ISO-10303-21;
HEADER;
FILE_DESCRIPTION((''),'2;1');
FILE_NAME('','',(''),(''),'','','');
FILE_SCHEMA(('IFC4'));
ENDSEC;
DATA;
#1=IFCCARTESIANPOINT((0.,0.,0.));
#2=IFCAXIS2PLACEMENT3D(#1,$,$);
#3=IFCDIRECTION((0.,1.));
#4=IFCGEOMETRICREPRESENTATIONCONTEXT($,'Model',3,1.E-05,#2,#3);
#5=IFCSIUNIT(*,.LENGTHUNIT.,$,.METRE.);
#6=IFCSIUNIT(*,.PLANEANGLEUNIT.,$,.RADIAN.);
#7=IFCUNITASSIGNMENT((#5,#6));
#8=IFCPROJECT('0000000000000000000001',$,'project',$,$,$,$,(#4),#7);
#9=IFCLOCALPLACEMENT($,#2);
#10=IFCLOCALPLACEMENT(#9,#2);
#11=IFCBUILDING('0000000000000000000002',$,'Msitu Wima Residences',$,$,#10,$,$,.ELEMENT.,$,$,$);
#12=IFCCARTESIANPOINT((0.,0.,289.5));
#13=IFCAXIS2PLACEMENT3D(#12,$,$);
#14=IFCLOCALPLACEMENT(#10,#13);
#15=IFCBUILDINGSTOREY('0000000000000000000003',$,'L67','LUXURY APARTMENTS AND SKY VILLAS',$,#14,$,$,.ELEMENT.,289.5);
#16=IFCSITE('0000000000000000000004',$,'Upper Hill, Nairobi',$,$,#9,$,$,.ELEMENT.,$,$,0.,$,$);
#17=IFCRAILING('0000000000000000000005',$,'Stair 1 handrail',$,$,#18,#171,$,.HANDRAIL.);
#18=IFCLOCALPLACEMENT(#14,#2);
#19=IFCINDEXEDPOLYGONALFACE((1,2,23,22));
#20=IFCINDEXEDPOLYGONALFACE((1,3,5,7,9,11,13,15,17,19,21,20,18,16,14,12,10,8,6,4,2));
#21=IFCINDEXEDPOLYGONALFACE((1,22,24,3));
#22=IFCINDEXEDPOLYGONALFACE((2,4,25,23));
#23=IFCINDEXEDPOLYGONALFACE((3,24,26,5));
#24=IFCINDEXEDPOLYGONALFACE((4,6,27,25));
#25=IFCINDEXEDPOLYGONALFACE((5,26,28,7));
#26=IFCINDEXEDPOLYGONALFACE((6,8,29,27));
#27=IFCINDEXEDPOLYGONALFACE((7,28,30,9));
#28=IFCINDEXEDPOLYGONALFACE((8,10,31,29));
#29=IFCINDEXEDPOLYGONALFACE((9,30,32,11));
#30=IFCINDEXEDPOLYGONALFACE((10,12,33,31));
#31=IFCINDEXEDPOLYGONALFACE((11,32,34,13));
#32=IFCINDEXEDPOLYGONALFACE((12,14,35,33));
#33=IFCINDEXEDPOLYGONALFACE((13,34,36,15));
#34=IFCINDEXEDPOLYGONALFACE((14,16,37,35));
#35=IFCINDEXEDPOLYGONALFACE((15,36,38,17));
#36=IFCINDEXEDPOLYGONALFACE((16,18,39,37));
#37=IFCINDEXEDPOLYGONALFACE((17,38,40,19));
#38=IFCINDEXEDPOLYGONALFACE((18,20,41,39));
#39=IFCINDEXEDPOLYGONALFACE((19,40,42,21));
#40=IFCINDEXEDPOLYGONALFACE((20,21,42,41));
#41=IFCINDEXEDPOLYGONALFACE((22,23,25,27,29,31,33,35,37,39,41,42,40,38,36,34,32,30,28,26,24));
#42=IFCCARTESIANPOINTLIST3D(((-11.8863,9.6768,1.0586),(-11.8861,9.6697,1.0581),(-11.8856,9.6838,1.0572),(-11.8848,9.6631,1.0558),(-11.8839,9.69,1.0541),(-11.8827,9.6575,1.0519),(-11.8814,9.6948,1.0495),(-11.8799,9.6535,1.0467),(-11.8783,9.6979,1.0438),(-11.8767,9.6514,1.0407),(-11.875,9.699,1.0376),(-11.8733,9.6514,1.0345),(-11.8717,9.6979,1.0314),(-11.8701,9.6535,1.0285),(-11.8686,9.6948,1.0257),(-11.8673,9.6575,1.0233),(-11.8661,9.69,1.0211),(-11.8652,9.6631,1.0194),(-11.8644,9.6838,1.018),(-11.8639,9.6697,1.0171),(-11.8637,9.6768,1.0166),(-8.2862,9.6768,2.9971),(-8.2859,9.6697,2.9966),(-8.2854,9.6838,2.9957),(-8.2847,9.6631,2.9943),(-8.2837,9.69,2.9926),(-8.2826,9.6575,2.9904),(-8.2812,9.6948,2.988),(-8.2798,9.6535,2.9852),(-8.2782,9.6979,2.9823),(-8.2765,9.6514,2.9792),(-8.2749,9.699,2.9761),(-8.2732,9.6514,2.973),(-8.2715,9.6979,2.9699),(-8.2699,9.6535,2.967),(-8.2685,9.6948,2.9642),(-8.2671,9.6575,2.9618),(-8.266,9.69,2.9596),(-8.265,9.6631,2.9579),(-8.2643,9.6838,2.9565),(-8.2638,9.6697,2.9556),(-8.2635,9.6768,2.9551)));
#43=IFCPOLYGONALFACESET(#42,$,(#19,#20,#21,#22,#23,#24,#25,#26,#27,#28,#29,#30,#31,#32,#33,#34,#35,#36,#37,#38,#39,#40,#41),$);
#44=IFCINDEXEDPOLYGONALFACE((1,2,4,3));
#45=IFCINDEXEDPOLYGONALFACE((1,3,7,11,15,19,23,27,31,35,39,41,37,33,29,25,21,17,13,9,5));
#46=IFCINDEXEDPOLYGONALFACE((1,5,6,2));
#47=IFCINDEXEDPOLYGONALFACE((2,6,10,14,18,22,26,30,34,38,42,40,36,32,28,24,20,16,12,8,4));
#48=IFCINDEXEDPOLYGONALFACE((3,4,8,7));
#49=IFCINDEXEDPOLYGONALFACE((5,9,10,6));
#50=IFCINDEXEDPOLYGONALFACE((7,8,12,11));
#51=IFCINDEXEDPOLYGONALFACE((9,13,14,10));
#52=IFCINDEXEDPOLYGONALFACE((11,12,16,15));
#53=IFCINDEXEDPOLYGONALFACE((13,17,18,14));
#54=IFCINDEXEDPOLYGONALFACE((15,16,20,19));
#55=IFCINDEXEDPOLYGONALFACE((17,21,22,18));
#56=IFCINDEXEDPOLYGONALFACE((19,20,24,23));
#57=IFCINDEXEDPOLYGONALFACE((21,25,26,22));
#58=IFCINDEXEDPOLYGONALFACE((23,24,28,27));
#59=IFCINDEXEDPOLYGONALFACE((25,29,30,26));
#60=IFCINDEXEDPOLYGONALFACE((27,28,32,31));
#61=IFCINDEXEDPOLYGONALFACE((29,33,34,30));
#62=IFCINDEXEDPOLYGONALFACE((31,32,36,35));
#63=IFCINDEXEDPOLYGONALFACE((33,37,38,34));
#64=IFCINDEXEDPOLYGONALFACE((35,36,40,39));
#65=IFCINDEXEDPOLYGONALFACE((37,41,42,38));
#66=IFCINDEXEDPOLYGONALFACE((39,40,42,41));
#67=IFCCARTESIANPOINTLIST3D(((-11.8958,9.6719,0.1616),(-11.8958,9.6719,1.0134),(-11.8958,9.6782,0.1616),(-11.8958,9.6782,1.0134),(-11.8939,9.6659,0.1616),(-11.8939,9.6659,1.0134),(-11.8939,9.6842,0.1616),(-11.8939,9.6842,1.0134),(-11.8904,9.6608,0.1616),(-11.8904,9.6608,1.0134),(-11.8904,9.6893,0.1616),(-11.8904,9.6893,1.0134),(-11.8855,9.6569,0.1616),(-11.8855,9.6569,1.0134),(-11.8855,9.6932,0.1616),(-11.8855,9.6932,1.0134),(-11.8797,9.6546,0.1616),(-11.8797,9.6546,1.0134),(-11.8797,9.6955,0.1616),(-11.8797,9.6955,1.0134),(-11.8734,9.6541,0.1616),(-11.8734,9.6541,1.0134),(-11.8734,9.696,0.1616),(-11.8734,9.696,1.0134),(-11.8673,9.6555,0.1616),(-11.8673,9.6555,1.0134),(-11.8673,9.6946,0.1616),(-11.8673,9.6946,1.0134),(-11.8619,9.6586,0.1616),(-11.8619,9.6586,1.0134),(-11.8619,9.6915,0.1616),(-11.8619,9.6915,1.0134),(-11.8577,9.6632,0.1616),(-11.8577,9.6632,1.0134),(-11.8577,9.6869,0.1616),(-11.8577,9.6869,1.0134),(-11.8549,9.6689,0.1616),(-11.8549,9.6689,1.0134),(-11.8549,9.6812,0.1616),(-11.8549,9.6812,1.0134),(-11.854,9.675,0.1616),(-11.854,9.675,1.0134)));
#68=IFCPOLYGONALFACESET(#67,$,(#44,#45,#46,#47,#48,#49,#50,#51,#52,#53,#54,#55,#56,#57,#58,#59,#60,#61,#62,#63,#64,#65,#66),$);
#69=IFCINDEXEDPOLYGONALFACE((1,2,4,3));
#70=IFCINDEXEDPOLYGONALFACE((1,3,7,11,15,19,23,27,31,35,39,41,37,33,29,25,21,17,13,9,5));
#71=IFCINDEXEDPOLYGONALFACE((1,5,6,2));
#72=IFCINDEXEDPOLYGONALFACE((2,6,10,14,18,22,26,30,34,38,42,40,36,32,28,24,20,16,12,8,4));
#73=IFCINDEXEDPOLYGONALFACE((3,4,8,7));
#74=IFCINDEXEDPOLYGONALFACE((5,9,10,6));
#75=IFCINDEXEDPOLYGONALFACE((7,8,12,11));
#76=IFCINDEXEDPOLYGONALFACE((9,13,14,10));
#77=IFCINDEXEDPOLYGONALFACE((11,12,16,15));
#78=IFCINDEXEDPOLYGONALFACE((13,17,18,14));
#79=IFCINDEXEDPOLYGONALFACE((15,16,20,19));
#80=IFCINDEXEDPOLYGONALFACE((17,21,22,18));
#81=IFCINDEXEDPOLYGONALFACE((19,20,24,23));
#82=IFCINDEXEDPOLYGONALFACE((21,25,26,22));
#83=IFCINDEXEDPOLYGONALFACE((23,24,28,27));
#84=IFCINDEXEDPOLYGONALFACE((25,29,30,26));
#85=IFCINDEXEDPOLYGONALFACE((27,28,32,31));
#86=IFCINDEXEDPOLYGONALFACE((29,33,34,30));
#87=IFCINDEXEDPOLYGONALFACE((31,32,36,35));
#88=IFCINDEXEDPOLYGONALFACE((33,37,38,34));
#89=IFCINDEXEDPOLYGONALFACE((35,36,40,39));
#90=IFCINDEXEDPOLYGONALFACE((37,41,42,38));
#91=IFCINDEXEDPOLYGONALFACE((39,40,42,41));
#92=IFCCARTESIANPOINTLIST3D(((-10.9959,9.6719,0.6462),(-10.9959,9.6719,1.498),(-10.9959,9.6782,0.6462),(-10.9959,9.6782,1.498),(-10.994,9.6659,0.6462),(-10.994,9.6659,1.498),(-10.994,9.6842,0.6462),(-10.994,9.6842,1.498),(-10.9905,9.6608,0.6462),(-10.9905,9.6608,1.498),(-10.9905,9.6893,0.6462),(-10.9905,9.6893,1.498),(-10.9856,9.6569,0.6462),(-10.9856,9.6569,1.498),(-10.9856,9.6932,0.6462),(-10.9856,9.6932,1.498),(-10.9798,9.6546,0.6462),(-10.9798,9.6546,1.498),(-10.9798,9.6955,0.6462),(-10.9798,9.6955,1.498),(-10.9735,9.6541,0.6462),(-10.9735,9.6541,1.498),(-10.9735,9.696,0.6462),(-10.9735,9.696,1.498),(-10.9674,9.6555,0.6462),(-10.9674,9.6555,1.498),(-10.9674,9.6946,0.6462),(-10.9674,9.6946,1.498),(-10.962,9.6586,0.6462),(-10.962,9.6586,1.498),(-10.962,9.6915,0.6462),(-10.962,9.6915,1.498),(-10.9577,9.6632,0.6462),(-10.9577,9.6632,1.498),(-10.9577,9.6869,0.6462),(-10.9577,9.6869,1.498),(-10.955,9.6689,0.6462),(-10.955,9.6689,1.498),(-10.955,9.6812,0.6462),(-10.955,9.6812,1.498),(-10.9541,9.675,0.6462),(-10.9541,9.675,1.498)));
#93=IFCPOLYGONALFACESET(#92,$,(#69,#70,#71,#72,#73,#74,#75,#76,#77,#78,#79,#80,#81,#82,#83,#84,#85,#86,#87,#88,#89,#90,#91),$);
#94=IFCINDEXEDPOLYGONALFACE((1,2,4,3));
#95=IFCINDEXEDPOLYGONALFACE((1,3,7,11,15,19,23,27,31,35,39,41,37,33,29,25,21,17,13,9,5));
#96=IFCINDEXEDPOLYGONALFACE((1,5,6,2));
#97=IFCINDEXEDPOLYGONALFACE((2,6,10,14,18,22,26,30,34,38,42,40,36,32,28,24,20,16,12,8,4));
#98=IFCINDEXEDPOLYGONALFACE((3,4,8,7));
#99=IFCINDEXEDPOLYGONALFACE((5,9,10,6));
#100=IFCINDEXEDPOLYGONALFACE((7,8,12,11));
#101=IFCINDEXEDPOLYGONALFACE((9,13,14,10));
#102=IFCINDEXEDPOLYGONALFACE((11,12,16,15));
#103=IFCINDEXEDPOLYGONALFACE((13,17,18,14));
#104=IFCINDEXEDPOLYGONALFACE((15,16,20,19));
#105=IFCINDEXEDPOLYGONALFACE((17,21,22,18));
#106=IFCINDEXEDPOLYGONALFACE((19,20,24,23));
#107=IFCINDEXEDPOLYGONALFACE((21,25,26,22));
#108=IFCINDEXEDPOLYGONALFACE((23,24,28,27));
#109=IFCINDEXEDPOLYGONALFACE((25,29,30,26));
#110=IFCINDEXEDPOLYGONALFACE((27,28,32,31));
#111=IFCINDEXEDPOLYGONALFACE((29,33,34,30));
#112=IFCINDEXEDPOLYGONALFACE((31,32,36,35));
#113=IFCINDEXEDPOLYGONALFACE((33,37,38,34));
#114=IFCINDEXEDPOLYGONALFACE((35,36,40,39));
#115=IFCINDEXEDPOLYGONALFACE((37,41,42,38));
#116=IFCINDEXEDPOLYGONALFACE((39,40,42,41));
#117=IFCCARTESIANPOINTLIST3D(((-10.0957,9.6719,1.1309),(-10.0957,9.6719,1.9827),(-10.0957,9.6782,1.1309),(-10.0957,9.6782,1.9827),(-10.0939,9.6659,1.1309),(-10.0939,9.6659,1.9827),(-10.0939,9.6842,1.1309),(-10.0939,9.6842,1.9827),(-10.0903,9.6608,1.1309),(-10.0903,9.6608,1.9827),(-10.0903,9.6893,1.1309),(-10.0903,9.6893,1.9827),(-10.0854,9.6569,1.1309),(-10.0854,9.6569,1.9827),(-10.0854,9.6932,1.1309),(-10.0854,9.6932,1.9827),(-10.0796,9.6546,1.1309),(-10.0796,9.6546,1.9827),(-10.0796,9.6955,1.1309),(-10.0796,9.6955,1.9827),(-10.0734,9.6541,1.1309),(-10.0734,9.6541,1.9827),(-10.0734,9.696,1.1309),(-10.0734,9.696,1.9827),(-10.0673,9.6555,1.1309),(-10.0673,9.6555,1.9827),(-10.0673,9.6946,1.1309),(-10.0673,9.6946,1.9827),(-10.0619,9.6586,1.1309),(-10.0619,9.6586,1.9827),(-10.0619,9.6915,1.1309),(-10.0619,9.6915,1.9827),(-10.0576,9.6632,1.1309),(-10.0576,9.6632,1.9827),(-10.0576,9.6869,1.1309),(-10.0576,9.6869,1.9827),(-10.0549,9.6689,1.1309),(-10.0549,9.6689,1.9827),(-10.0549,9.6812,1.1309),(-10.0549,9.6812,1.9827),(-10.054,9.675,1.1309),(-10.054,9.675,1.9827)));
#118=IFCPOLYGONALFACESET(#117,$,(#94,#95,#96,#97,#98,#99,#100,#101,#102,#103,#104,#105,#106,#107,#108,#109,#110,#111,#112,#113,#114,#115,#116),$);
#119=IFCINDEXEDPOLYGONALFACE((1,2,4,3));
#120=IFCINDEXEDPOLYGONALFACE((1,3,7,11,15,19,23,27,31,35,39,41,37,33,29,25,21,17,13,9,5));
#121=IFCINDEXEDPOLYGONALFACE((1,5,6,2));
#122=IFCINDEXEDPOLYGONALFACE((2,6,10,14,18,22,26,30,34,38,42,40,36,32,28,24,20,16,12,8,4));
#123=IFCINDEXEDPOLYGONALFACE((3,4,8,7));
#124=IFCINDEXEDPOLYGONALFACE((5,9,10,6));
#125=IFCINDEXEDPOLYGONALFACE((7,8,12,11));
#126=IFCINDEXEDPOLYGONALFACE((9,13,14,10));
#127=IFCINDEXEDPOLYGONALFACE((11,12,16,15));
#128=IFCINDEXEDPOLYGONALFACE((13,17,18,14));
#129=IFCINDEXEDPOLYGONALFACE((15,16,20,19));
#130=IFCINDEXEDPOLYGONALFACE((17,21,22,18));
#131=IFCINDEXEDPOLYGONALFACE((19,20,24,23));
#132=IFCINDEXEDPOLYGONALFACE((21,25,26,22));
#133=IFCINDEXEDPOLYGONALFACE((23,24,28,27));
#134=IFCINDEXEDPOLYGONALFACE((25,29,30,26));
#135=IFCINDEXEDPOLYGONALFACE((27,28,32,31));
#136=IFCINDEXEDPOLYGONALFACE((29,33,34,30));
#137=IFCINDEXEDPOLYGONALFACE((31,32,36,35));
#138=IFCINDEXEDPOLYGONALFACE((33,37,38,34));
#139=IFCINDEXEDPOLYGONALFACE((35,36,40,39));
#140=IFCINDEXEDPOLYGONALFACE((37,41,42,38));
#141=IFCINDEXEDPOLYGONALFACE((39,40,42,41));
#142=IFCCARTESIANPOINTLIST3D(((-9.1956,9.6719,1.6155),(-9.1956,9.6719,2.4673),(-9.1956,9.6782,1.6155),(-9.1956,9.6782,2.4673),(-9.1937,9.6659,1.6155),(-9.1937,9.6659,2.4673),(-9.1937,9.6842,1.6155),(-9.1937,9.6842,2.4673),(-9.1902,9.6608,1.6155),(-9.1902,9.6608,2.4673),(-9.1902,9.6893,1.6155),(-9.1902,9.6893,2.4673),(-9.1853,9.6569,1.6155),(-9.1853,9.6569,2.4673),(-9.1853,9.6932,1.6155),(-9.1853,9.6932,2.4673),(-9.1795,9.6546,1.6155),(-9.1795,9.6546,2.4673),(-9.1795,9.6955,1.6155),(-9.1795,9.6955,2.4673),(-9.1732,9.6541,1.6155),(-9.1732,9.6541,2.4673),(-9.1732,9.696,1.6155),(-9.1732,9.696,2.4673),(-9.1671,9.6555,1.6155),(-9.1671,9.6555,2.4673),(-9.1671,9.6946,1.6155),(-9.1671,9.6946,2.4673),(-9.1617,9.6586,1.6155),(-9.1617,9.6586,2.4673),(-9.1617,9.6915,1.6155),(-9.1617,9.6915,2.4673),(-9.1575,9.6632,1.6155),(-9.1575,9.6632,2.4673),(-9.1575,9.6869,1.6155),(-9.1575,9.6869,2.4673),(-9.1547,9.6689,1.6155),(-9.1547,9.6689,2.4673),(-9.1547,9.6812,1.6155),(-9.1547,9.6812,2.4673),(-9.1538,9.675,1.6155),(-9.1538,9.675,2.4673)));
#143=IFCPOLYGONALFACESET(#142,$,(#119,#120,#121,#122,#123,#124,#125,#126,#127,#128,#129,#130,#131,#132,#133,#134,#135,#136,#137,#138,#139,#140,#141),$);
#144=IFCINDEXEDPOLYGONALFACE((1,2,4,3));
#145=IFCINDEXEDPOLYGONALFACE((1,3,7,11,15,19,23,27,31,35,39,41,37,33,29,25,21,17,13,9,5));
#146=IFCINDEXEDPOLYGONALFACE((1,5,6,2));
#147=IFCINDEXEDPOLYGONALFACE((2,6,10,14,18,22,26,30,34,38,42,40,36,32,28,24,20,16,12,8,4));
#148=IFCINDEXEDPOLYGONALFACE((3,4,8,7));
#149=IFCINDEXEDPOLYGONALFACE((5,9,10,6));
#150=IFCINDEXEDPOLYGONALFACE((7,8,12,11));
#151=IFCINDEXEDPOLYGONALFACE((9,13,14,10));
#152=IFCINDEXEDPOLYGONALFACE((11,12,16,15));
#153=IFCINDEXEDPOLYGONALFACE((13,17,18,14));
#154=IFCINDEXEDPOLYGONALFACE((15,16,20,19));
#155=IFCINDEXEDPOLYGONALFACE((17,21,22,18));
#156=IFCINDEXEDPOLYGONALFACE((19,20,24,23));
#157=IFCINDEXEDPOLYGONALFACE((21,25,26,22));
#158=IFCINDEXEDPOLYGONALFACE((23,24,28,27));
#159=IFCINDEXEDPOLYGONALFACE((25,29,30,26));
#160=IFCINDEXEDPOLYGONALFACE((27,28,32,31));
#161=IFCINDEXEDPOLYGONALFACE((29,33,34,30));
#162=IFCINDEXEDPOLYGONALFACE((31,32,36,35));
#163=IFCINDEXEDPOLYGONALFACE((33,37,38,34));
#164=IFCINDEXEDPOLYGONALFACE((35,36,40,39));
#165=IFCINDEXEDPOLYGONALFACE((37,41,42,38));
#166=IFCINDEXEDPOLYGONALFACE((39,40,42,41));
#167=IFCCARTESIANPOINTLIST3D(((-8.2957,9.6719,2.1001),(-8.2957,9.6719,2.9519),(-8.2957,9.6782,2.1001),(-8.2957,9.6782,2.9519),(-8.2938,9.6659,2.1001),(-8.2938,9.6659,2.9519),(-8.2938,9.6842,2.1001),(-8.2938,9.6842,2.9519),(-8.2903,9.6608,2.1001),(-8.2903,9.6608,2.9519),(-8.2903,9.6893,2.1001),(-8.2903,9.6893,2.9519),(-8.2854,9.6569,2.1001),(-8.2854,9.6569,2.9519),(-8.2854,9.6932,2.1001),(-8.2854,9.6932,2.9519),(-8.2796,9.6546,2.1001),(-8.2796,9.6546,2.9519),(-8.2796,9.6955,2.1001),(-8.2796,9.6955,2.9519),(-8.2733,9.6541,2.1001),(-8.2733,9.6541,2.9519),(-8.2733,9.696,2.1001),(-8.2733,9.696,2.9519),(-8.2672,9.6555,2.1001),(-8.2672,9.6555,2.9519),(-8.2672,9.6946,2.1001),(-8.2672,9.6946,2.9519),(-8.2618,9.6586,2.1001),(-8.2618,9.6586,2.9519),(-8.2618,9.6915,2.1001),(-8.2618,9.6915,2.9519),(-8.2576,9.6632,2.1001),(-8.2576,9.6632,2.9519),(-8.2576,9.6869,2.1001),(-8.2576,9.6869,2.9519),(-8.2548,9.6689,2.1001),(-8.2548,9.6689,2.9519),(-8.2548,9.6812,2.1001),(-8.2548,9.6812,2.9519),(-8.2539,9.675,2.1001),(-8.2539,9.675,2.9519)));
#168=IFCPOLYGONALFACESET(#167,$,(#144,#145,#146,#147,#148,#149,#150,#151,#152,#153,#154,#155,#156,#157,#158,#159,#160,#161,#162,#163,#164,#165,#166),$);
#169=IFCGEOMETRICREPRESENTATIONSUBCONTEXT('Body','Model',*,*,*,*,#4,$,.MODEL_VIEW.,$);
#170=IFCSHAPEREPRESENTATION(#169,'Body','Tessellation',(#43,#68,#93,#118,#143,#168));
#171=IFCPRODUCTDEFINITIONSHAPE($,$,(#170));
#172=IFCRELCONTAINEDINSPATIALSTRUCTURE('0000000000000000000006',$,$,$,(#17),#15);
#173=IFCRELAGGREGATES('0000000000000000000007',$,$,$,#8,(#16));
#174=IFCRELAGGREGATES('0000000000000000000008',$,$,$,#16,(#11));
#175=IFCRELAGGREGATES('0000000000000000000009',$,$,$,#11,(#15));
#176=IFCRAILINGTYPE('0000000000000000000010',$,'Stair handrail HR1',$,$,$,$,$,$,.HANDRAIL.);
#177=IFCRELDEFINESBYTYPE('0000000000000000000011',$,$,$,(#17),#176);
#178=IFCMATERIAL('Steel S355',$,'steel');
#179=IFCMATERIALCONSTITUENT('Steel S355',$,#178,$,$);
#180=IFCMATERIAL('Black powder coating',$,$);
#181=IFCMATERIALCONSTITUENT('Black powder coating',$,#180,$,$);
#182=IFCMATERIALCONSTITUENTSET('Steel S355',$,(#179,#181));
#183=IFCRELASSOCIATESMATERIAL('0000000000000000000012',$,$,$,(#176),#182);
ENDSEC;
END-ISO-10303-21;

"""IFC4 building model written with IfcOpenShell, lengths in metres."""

from ifc_helpers import new_model, si_unit, direction, frame, origin, origin_2d, place, context, subcontext, project, spatial, circle, extrude, material, constituent, constituent_set, type_object, element, save


model = new_model("IFC4")

# Units and contexts
model_context = context("Model", 3, precision=1e-05, world=origin(), true_north=direction((0.0, 1.0)))
body_context = subcontext(model_context, "Body", "Model", "MODEL_VIEW")
ifc_project = project(units=[si_unit("LENGTHUNIT", "METRE"), si_unit("PLANEANGLEUNIT", "RADIAN")], contexts=[model_context])

# Site, building, storey
site_placement = place(None, origin())
site = spatial("IfcSite", under=ifc_project, at=site_placement, Name="Upper Hill, Nairobi", CompositionType="ELEMENT", RefElevation=0.0)
building_placement = place(site_placement, origin())
building = spatial("IfcBuilding", under=site, at=building_placement, Name="Msitu Wima Residences", CompositionType="ELEMENT")
storey_placement = place(building_placement, frame((0.0, 0.0, 289.5)))
storey = spatial("IfcBuildingStorey", under=building, at=storey_placement, Name="L67", Description="LUXURY APARTMENTS AND SKY VILLAS", CompositionType="ELEMENT", Elevation=289.5)

# Railing
ifc_material_1 = material(Name="Steel S355", Category="steel")
ifc_constituent_1 = constituent(ifc_material_1, Name="Steel S355")
ifc_material_2 = material(Name="Black powder coating")
ifc_constituent_2 = constituent(ifc_material_2, Name="Black powder coating")
ifc_constituent_set = constituent_set(constituents=[ifc_constituent_1, ifc_constituent_2], Name="Steel S355")
railing_type = type_object("IfcRailingType", Name="Stair handrail HR1", PredefinedType="HANDRAIL", material=ifc_constituent_set)
for number, where, name in (
    (1, (-11.875, 9.675, 0.1616), "Stair 1 handrail"),
):
    element("IfcRailing", number, at=place(storey_placement, frame(where)), inside=storey, type_object=railing_type, Name=name, PredefinedType="HANDRAIL", context=body_context, shape_type="SweptSolid", body=[
        extrude(circle(Radius=0.0239, at=origin_2d()), frame((0.0, 0.0, 0.876), z_axis=(0.880475, 0.0, 0.474093), x_axis=(0.0, 1.0, 0.0)), (0.0, 0.0, 1.0), 4.0889),
        extrude(circle(Radius=0.021, at=origin_2d()), origin(), (0.0, 0.0, 1.0), 0.8518),
        extrude(circle(Radius=0.021, at=origin_2d()), frame((0.8999, 0.0, 0.4846)), (0.0, 0.0, 1.0), 0.8518),
        extrude(circle(Radius=0.021, at=origin_2d()), frame((1.8, 0.0, 0.9692)), (0.0, 0.0, 1.0), 0.8518),
        extrude(circle(Radius=0.021, at=origin_2d()), frame((2.7002, 0.0, 1.4539)), (0.0, 0.0, 1.0), 0.8518),
        extrude(circle(Radius=0.021, at=origin_2d()), frame((3.6001, 0.0, 1.9385)), (0.0, 0.0, 1.0), 0.8518),
    ])

save(model, "model.ifc")
